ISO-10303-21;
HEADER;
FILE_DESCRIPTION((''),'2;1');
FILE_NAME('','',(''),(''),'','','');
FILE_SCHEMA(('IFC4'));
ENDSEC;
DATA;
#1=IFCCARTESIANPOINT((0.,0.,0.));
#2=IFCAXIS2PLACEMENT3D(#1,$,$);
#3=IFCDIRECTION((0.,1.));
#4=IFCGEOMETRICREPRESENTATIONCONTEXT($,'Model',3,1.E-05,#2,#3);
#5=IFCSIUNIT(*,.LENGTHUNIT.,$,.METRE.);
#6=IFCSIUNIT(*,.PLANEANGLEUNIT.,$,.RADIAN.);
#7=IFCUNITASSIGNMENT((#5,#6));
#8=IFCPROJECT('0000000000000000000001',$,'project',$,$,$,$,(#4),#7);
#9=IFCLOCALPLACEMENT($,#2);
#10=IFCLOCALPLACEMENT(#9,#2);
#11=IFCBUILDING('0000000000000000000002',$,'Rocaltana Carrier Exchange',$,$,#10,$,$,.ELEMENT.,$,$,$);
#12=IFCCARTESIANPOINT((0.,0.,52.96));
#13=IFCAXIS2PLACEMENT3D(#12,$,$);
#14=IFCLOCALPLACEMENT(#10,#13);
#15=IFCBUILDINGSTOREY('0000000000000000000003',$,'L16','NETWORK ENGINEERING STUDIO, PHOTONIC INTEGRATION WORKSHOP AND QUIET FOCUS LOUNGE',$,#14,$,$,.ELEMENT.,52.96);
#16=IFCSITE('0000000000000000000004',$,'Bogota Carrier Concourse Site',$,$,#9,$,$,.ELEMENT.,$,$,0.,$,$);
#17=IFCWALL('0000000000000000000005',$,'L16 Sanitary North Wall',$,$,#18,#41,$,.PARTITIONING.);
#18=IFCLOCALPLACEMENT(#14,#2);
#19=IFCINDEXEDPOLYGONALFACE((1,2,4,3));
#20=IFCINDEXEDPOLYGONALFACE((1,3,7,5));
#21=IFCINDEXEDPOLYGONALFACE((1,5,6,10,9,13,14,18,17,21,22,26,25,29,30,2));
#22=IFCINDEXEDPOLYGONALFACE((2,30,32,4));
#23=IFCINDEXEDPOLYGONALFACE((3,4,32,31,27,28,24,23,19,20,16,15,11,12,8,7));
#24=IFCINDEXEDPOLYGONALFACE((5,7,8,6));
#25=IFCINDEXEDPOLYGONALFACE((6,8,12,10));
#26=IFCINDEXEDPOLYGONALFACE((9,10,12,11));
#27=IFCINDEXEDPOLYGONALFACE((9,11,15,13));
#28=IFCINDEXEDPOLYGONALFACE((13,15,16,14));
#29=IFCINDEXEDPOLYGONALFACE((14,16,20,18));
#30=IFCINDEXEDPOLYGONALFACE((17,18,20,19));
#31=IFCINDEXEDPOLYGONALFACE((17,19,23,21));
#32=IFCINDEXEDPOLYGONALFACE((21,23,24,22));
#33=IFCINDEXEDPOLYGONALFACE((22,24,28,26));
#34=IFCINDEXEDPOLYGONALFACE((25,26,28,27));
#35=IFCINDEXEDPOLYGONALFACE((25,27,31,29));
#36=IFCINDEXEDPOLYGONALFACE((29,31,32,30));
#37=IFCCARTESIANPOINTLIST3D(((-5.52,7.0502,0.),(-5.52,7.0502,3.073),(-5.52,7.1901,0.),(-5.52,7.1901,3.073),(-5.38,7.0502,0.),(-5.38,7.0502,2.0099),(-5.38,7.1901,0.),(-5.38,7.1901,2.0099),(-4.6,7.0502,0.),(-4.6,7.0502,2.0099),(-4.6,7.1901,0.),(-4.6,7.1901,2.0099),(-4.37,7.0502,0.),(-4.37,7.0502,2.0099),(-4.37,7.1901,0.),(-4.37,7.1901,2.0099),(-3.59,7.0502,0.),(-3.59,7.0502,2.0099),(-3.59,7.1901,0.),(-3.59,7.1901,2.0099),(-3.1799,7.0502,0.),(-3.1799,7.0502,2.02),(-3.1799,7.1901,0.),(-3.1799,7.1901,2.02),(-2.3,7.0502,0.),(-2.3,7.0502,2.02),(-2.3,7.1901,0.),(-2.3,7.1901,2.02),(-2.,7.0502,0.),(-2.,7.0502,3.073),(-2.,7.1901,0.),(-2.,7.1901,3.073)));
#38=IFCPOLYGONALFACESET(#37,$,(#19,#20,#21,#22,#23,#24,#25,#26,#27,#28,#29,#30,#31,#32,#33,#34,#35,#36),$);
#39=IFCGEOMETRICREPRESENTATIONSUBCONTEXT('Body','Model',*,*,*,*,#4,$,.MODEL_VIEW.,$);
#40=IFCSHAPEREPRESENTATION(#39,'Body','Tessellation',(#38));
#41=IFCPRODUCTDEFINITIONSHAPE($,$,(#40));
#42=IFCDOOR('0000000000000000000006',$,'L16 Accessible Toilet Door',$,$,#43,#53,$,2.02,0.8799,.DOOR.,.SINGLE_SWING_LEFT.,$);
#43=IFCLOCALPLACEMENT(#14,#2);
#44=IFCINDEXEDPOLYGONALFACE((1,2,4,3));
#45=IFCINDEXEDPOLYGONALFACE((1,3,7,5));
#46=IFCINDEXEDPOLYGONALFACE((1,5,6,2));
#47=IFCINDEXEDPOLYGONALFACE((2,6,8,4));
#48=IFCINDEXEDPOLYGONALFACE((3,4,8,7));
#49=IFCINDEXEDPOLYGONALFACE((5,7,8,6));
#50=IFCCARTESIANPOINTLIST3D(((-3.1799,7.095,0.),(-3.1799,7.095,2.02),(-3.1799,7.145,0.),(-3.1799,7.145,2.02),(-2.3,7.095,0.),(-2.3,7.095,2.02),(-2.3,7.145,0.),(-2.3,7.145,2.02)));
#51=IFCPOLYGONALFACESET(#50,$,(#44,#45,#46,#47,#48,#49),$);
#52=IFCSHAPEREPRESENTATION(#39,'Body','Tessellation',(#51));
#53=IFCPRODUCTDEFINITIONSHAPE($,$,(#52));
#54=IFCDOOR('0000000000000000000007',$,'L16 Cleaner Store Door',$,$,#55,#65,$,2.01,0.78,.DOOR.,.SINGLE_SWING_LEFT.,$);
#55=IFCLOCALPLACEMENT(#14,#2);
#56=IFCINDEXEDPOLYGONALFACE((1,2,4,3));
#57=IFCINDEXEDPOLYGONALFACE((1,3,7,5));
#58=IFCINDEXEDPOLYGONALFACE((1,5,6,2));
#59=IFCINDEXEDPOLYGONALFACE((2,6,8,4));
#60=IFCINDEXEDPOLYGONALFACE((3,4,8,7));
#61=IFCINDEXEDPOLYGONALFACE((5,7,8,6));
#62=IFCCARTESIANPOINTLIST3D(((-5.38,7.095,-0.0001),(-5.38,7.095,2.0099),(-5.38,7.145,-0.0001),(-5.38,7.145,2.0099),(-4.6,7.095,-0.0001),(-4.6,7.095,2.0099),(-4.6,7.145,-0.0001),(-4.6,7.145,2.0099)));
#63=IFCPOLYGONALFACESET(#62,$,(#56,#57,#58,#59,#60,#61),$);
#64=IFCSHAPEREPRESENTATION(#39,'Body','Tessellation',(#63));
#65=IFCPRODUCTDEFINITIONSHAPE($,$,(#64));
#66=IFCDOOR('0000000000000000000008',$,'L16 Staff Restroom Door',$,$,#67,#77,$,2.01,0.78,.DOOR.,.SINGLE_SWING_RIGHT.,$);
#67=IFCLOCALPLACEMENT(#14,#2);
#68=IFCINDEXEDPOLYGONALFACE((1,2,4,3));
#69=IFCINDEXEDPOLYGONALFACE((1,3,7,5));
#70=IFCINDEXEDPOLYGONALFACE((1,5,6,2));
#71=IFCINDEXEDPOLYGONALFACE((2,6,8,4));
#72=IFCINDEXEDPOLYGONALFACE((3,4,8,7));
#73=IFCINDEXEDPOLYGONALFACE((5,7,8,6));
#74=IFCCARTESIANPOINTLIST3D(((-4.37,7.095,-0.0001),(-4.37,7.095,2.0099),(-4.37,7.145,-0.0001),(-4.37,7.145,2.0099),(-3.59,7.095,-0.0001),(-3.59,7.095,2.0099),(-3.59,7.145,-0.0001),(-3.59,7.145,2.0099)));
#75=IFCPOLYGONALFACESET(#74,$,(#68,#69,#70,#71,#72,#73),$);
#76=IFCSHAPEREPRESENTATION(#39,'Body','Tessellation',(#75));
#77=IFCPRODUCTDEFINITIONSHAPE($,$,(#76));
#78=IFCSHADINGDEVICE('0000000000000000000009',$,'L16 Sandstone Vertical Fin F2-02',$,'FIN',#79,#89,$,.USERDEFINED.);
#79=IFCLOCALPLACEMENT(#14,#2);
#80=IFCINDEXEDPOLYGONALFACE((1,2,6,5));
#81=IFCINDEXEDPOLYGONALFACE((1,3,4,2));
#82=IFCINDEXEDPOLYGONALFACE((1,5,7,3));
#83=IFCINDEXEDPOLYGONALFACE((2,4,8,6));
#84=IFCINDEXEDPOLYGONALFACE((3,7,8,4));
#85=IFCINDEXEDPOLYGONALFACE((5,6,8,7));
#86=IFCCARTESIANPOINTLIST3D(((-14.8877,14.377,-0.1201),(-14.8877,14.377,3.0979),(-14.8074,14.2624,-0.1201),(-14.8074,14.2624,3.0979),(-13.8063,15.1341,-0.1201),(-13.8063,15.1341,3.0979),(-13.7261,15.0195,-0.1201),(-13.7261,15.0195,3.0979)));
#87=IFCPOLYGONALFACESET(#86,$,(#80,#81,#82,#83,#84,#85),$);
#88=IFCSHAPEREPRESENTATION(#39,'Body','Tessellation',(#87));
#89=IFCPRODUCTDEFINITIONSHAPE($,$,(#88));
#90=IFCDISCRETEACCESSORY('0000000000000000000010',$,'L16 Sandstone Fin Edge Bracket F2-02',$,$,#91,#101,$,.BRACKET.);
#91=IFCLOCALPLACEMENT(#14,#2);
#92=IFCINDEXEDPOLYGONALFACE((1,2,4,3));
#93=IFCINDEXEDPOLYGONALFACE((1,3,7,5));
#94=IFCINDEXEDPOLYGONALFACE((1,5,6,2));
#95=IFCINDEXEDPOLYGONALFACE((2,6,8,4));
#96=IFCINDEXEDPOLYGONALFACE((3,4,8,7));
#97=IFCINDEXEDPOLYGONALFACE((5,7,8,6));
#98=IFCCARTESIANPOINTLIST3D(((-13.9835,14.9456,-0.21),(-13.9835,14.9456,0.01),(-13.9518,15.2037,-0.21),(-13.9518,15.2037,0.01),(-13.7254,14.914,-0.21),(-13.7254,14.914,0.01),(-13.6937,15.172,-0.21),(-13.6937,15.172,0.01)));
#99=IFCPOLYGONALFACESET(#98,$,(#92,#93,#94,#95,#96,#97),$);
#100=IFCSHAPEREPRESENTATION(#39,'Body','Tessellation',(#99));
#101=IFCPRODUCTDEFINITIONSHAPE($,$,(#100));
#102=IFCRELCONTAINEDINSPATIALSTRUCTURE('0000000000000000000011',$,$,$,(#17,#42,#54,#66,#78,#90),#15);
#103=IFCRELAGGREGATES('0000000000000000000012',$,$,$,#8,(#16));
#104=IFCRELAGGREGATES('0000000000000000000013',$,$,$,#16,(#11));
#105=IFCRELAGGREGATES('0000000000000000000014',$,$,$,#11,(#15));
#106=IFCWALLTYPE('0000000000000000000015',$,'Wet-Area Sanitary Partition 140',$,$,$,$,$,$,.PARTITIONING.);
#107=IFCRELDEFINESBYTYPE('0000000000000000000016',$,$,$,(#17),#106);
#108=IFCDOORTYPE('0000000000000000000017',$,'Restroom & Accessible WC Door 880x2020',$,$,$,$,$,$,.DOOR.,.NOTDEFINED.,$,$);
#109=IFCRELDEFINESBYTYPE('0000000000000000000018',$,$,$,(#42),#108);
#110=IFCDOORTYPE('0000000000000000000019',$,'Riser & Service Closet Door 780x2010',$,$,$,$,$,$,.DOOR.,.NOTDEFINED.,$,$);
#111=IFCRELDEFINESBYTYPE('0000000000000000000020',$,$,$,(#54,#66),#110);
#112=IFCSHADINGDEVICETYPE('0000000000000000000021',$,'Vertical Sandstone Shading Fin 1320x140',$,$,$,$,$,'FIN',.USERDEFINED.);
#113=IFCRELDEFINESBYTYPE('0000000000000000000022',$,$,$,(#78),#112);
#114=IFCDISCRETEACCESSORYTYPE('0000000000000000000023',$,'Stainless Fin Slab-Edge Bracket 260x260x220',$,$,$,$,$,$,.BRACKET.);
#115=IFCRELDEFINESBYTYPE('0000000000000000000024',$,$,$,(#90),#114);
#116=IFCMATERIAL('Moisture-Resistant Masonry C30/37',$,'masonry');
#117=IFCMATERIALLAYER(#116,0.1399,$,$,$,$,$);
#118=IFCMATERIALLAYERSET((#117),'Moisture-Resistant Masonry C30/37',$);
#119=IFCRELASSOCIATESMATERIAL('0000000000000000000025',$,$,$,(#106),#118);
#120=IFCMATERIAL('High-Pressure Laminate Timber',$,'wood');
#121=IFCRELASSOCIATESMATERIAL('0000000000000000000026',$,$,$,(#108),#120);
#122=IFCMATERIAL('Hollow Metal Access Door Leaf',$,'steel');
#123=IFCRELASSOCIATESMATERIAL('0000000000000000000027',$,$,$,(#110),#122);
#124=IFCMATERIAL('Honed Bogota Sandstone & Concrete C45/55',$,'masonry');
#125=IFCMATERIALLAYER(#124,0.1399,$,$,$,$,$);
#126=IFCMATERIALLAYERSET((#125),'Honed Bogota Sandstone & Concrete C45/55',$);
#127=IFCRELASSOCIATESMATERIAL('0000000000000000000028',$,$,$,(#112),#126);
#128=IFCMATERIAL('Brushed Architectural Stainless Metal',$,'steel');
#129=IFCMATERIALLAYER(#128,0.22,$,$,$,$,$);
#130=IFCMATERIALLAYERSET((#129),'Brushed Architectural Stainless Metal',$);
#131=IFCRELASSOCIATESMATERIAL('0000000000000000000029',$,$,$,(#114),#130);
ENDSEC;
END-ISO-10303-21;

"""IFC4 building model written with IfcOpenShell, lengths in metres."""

from ifc_helpers import new_model, si_unit, direction, frame, frame_2d, origin, origin_2d, place, context, subcontext, project, spatial, rectangle, extrude, material, layer, layer_set, type_object, element, fill, save


model = new_model("IFC4")

# Units and contexts
model_context = context("Model", 3, precision=1e-05, world=origin(), true_north=direction((0.0, 1.0)))
body_context = subcontext(model_context, "Body", "Model", "MODEL_VIEW")
ifc_project = project(units=[si_unit("LENGTHUNIT", "METRE"), si_unit("PLANEANGLEUNIT", "RADIAN")], contexts=[model_context])

# Site, building, storey
site_placement = place(None, origin())
site = spatial("IfcSite", under=ifc_project, at=site_placement, Name="Bogota Carrier Concourse Site", CompositionType="ELEMENT", RefElevation=0.0)
building_placement = place(site_placement, origin())
building = spatial("IfcBuilding", under=site, at=building_placement, Name="Rocaltana Carrier Exchange", CompositionType="ELEMENT")
storey_placement = place(building_placement, frame((0.0, 0.0, 52.96)))
storey = spatial("IfcBuildingStorey", under=building, at=storey_placement, Name="L16", Description="NETWORK ENGINEERING STUDIO, PHOTONIC INTEGRATION WORKSHOP AND QUIET FOCUS LOUNGE", CompositionType="ELEMENT", Elevation=52.96)

# Wall, openings, doors
ifc_material_1 = material(Name="Moisture-Resistant Masonry C30/37", Category="masonry")
ifc_layer_1 = layer(ifc_material_1, 0.1399)
ifc_layer_set_1 = layer_set([ifc_layer_1], Name="Moisture-Resistant Masonry C30/37")
wall_type_1 = type_object("IfcWallType", Name="Wet-Area Sanitary Partition 140", PredefinedType="PARTITIONING", material=ifc_layer_set_1)
wall_1_placement = place(storey_placement, frame((-5.52, 7.1201, 0.0), z_axis=(0.0, 0.0, 1.0), x_axis=(1.0, 0.0, 0.0)))
wall_1 = element("IfcWall", 1, at=wall_1_placement, inside=storey, type_object=wall_type_1, Name="L16 Sanitary North Wall", PredefinedType="PARTITIONING", context=body_context, shape_type="SweptSolid", body=[
    extrude(rectangle(XDim=3.52, YDim=0.1399, at=frame_2d((1.76, 0.0))), origin(), (0.0, 0.0, 1.0), 3.073),
])
opening_1_placement = place(wall_1_placement, frame((0.1399, 0.0, 0.0)))
opening_1 = element("IfcOpeningElement", 2, at=opening_1_placement, cuts=wall_1, PredefinedType="OPENING", context=body_context, shape_type="SweptSolid", body=[
    extrude(rectangle(XDim=0.78, YDim=2.01, at=frame_2d((0.3901, 1.0049))), frame((0.0, 0.0798, 0.0), z_axis=(0.0, -1.0, 0.0), x_axis=(1.0, 0.0, 0.0)), (0.0, 0.0, 1.0), 0.1599),
])
opening_2_placement = place(wall_1_placement, frame((1.1499, 0.0, 0.0)))
opening_2 = element("IfcOpeningElement", 3, at=opening_2_placement, cuts=wall_1, PredefinedType="OPENING", context=body_context, shape_type="SweptSolid", body=[
    extrude(rectangle(XDim=0.78, YDim=2.01, at=frame_2d((0.3901, 1.0049))), frame((0.0, 0.0798, 0.0), z_axis=(0.0, -1.0, 0.0), x_axis=(1.0, 0.0, 0.0)), (0.0, 0.0, 1.0), 0.1599),
])
opening_3_placement = place(wall_1_placement, frame((2.3401, 0.0, 0.0)))
opening_3 = element("IfcOpeningElement", 4, at=opening_3_placement, cuts=wall_1, PredefinedType="OPENING", context=body_context, shape_type="SweptSolid", body=[
    extrude(rectangle(XDim=0.8799, YDim=2.02, at=frame_2d((0.4399, 1.01))), frame((0.0, 0.0798, 0.0), z_axis=(0.0, -1.0, 0.0), x_axis=(1.0, 0.0, 0.0)), (0.0, 0.0, 1.0), 0.1599),
])
ifc_material_2 = material(Name="High-Pressure Laminate Timber", Category="wood")
door_type_1 = type_object("IfcDoorType", Name="Restroom & Accessible WC Door 880x2020", OperationType="NOTDEFINED", PredefinedType="DOOR", material=ifc_material_2)
door_1_placement = place(opening_3_placement, origin())
door_1 = element("IfcDoor", 5, at=door_1_placement, inside=storey, type_object=door_type_1, Name="L16 Accessible Toilet Door", OperationType="SINGLE_SWING_LEFT", OverallHeight=2.02, OverallWidth=0.8799, PredefinedType="DOOR", context=body_context, shape_type="SweptSolid", body=[
    extrude(rectangle(XDim=0.8799, YDim=2.02, at=frame_2d((0.4399, 1.01))), frame((0.0, 0.0249, 0.0), z_axis=(0.0, -1.0, 0.0), x_axis=(1.0, 0.0, 0.0)), (0.0, 0.0, 1.0), 0.05),
])
fill(opening_3, door_1)
ifc_material_3 = material(Name="Hollow Metal Access Door Leaf", Category="steel")
door_type_2 = type_object("IfcDoorType", Name="Riser & Service Closet Door 780x2010", OperationType="NOTDEFINED", PredefinedType="DOOR", material=ifc_material_3)
door_2_placement = place(opening_1_placement, origin())
door_2 = element("IfcDoor", 6, at=door_2_placement, inside=storey, type_object=door_type_2, Name="L16 Cleaner Store Door", OperationType="SINGLE_SWING_LEFT", OverallHeight=2.01, OverallWidth=0.78, PredefinedType="DOOR", context=body_context, shape_type="SweptSolid", body=[
    extrude(rectangle(XDim=0.78, YDim=2.01, at=frame_2d((0.3901, 1.0049))), frame((0.0, 0.0249, 0.0), z_axis=(0.0, -1.0, 0.0), x_axis=(1.0, 0.0, 0.0)), (0.0, 0.0, 1.0), 0.05),
])
fill(opening_1, door_2)
door_3_placement = place(opening_2_placement, origin())
door_3 = element("IfcDoor", 7, at=door_3_placement, inside=storey, type_object=door_type_2, Name="L16 Staff Restroom Door", OperationType="SINGLE_SWING_RIGHT", OverallHeight=2.01, OverallWidth=0.78, PredefinedType="DOOR", context=body_context, shape_type="SweptSolid", body=[
    extrude(rectangle(XDim=0.78, YDim=2.01, at=frame_2d((0.3901, 1.0049))), frame((0.0, 0.0249, 0.0), z_axis=(0.0, -1.0, 0.0), x_axis=(1.0, 0.0, 0.0)), (0.0, 0.0, 1.0), 0.05),
])
fill(opening_2, door_3)

# Shading device
ifc_material_4 = material(Name="Honed Bogota Sandstone & Concrete C45/55", Category="masonry")
ifc_layer_2 = layer(ifc_material_4, 0.1399)
ifc_layer_set_2 = layer_set([ifc_layer_2], Name="Honed Bogota Sandstone & Concrete C45/55")
shading_device_type = type_object("IfcShadingDeviceType", Name="Vertical Sandstone Shading Fin 1320x140", ElementType="FIN", PredefinedType="USERDEFINED", material=ifc_layer_set_2)
shading_device_placement = place(storey_placement, frame((-14.3069, 14.6982, -0.1201), z_axis=(0.0, 0.0, 1.0), x_axis=(-0.819152, -0.573576, 0.0)))
element("IfcShadingDevice", 8, at=shading_device_placement, inside=storey, type_object=shading_device_type, Name="L16 Sandstone Vertical Fin F2-02", ObjectType="FIN", PredefinedType="USERDEFINED", context=body_context, shape_type="SweptSolid", body=[
    extrude(rectangle(XDim=1.3201, YDim=0.1399, at=origin_2d()), origin(), (0.0, 0.0, 1.0), 3.218),
])

# Discrete accessory
ifc_material_5 = material(Name="Brushed Architectural Stainless Metal", Category="steel")
ifc_layer_3 = layer(ifc_material_5, 0.22)
ifc_layer_set_3 = layer_set([ifc_layer_3], Name="Brushed Architectural Stainless Metal")
discrete_accessory_type = type_object("IfcDiscreteAccessoryType", Name="Stainless Fin Slab-Edge Bracket 260x260x220", PredefinedType="BRACKET", material=ifc_layer_set_3)
discrete_accessory_placement = place(storey_placement, frame((-13.8386, 15.0588, -0.21), z_axis=(0.0, 0.0, 1.0), x_axis=(-0.121869, -0.992546, 0.0)))
element("IfcDiscreteAccessory", 9, at=discrete_accessory_placement, inside=storey, type_object=discrete_accessory_type, Name="L16 Sandstone Fin Edge Bracket F2-02", PredefinedType="BRACKET", context=body_context, shape_type="SweptSolid", body=[
    extrude(rectangle(XDim=0.26, YDim=0.26, at=origin_2d()), origin(), (0.0, 0.0, 1.0), 0.22),
])

save(model, "model.ifc")
